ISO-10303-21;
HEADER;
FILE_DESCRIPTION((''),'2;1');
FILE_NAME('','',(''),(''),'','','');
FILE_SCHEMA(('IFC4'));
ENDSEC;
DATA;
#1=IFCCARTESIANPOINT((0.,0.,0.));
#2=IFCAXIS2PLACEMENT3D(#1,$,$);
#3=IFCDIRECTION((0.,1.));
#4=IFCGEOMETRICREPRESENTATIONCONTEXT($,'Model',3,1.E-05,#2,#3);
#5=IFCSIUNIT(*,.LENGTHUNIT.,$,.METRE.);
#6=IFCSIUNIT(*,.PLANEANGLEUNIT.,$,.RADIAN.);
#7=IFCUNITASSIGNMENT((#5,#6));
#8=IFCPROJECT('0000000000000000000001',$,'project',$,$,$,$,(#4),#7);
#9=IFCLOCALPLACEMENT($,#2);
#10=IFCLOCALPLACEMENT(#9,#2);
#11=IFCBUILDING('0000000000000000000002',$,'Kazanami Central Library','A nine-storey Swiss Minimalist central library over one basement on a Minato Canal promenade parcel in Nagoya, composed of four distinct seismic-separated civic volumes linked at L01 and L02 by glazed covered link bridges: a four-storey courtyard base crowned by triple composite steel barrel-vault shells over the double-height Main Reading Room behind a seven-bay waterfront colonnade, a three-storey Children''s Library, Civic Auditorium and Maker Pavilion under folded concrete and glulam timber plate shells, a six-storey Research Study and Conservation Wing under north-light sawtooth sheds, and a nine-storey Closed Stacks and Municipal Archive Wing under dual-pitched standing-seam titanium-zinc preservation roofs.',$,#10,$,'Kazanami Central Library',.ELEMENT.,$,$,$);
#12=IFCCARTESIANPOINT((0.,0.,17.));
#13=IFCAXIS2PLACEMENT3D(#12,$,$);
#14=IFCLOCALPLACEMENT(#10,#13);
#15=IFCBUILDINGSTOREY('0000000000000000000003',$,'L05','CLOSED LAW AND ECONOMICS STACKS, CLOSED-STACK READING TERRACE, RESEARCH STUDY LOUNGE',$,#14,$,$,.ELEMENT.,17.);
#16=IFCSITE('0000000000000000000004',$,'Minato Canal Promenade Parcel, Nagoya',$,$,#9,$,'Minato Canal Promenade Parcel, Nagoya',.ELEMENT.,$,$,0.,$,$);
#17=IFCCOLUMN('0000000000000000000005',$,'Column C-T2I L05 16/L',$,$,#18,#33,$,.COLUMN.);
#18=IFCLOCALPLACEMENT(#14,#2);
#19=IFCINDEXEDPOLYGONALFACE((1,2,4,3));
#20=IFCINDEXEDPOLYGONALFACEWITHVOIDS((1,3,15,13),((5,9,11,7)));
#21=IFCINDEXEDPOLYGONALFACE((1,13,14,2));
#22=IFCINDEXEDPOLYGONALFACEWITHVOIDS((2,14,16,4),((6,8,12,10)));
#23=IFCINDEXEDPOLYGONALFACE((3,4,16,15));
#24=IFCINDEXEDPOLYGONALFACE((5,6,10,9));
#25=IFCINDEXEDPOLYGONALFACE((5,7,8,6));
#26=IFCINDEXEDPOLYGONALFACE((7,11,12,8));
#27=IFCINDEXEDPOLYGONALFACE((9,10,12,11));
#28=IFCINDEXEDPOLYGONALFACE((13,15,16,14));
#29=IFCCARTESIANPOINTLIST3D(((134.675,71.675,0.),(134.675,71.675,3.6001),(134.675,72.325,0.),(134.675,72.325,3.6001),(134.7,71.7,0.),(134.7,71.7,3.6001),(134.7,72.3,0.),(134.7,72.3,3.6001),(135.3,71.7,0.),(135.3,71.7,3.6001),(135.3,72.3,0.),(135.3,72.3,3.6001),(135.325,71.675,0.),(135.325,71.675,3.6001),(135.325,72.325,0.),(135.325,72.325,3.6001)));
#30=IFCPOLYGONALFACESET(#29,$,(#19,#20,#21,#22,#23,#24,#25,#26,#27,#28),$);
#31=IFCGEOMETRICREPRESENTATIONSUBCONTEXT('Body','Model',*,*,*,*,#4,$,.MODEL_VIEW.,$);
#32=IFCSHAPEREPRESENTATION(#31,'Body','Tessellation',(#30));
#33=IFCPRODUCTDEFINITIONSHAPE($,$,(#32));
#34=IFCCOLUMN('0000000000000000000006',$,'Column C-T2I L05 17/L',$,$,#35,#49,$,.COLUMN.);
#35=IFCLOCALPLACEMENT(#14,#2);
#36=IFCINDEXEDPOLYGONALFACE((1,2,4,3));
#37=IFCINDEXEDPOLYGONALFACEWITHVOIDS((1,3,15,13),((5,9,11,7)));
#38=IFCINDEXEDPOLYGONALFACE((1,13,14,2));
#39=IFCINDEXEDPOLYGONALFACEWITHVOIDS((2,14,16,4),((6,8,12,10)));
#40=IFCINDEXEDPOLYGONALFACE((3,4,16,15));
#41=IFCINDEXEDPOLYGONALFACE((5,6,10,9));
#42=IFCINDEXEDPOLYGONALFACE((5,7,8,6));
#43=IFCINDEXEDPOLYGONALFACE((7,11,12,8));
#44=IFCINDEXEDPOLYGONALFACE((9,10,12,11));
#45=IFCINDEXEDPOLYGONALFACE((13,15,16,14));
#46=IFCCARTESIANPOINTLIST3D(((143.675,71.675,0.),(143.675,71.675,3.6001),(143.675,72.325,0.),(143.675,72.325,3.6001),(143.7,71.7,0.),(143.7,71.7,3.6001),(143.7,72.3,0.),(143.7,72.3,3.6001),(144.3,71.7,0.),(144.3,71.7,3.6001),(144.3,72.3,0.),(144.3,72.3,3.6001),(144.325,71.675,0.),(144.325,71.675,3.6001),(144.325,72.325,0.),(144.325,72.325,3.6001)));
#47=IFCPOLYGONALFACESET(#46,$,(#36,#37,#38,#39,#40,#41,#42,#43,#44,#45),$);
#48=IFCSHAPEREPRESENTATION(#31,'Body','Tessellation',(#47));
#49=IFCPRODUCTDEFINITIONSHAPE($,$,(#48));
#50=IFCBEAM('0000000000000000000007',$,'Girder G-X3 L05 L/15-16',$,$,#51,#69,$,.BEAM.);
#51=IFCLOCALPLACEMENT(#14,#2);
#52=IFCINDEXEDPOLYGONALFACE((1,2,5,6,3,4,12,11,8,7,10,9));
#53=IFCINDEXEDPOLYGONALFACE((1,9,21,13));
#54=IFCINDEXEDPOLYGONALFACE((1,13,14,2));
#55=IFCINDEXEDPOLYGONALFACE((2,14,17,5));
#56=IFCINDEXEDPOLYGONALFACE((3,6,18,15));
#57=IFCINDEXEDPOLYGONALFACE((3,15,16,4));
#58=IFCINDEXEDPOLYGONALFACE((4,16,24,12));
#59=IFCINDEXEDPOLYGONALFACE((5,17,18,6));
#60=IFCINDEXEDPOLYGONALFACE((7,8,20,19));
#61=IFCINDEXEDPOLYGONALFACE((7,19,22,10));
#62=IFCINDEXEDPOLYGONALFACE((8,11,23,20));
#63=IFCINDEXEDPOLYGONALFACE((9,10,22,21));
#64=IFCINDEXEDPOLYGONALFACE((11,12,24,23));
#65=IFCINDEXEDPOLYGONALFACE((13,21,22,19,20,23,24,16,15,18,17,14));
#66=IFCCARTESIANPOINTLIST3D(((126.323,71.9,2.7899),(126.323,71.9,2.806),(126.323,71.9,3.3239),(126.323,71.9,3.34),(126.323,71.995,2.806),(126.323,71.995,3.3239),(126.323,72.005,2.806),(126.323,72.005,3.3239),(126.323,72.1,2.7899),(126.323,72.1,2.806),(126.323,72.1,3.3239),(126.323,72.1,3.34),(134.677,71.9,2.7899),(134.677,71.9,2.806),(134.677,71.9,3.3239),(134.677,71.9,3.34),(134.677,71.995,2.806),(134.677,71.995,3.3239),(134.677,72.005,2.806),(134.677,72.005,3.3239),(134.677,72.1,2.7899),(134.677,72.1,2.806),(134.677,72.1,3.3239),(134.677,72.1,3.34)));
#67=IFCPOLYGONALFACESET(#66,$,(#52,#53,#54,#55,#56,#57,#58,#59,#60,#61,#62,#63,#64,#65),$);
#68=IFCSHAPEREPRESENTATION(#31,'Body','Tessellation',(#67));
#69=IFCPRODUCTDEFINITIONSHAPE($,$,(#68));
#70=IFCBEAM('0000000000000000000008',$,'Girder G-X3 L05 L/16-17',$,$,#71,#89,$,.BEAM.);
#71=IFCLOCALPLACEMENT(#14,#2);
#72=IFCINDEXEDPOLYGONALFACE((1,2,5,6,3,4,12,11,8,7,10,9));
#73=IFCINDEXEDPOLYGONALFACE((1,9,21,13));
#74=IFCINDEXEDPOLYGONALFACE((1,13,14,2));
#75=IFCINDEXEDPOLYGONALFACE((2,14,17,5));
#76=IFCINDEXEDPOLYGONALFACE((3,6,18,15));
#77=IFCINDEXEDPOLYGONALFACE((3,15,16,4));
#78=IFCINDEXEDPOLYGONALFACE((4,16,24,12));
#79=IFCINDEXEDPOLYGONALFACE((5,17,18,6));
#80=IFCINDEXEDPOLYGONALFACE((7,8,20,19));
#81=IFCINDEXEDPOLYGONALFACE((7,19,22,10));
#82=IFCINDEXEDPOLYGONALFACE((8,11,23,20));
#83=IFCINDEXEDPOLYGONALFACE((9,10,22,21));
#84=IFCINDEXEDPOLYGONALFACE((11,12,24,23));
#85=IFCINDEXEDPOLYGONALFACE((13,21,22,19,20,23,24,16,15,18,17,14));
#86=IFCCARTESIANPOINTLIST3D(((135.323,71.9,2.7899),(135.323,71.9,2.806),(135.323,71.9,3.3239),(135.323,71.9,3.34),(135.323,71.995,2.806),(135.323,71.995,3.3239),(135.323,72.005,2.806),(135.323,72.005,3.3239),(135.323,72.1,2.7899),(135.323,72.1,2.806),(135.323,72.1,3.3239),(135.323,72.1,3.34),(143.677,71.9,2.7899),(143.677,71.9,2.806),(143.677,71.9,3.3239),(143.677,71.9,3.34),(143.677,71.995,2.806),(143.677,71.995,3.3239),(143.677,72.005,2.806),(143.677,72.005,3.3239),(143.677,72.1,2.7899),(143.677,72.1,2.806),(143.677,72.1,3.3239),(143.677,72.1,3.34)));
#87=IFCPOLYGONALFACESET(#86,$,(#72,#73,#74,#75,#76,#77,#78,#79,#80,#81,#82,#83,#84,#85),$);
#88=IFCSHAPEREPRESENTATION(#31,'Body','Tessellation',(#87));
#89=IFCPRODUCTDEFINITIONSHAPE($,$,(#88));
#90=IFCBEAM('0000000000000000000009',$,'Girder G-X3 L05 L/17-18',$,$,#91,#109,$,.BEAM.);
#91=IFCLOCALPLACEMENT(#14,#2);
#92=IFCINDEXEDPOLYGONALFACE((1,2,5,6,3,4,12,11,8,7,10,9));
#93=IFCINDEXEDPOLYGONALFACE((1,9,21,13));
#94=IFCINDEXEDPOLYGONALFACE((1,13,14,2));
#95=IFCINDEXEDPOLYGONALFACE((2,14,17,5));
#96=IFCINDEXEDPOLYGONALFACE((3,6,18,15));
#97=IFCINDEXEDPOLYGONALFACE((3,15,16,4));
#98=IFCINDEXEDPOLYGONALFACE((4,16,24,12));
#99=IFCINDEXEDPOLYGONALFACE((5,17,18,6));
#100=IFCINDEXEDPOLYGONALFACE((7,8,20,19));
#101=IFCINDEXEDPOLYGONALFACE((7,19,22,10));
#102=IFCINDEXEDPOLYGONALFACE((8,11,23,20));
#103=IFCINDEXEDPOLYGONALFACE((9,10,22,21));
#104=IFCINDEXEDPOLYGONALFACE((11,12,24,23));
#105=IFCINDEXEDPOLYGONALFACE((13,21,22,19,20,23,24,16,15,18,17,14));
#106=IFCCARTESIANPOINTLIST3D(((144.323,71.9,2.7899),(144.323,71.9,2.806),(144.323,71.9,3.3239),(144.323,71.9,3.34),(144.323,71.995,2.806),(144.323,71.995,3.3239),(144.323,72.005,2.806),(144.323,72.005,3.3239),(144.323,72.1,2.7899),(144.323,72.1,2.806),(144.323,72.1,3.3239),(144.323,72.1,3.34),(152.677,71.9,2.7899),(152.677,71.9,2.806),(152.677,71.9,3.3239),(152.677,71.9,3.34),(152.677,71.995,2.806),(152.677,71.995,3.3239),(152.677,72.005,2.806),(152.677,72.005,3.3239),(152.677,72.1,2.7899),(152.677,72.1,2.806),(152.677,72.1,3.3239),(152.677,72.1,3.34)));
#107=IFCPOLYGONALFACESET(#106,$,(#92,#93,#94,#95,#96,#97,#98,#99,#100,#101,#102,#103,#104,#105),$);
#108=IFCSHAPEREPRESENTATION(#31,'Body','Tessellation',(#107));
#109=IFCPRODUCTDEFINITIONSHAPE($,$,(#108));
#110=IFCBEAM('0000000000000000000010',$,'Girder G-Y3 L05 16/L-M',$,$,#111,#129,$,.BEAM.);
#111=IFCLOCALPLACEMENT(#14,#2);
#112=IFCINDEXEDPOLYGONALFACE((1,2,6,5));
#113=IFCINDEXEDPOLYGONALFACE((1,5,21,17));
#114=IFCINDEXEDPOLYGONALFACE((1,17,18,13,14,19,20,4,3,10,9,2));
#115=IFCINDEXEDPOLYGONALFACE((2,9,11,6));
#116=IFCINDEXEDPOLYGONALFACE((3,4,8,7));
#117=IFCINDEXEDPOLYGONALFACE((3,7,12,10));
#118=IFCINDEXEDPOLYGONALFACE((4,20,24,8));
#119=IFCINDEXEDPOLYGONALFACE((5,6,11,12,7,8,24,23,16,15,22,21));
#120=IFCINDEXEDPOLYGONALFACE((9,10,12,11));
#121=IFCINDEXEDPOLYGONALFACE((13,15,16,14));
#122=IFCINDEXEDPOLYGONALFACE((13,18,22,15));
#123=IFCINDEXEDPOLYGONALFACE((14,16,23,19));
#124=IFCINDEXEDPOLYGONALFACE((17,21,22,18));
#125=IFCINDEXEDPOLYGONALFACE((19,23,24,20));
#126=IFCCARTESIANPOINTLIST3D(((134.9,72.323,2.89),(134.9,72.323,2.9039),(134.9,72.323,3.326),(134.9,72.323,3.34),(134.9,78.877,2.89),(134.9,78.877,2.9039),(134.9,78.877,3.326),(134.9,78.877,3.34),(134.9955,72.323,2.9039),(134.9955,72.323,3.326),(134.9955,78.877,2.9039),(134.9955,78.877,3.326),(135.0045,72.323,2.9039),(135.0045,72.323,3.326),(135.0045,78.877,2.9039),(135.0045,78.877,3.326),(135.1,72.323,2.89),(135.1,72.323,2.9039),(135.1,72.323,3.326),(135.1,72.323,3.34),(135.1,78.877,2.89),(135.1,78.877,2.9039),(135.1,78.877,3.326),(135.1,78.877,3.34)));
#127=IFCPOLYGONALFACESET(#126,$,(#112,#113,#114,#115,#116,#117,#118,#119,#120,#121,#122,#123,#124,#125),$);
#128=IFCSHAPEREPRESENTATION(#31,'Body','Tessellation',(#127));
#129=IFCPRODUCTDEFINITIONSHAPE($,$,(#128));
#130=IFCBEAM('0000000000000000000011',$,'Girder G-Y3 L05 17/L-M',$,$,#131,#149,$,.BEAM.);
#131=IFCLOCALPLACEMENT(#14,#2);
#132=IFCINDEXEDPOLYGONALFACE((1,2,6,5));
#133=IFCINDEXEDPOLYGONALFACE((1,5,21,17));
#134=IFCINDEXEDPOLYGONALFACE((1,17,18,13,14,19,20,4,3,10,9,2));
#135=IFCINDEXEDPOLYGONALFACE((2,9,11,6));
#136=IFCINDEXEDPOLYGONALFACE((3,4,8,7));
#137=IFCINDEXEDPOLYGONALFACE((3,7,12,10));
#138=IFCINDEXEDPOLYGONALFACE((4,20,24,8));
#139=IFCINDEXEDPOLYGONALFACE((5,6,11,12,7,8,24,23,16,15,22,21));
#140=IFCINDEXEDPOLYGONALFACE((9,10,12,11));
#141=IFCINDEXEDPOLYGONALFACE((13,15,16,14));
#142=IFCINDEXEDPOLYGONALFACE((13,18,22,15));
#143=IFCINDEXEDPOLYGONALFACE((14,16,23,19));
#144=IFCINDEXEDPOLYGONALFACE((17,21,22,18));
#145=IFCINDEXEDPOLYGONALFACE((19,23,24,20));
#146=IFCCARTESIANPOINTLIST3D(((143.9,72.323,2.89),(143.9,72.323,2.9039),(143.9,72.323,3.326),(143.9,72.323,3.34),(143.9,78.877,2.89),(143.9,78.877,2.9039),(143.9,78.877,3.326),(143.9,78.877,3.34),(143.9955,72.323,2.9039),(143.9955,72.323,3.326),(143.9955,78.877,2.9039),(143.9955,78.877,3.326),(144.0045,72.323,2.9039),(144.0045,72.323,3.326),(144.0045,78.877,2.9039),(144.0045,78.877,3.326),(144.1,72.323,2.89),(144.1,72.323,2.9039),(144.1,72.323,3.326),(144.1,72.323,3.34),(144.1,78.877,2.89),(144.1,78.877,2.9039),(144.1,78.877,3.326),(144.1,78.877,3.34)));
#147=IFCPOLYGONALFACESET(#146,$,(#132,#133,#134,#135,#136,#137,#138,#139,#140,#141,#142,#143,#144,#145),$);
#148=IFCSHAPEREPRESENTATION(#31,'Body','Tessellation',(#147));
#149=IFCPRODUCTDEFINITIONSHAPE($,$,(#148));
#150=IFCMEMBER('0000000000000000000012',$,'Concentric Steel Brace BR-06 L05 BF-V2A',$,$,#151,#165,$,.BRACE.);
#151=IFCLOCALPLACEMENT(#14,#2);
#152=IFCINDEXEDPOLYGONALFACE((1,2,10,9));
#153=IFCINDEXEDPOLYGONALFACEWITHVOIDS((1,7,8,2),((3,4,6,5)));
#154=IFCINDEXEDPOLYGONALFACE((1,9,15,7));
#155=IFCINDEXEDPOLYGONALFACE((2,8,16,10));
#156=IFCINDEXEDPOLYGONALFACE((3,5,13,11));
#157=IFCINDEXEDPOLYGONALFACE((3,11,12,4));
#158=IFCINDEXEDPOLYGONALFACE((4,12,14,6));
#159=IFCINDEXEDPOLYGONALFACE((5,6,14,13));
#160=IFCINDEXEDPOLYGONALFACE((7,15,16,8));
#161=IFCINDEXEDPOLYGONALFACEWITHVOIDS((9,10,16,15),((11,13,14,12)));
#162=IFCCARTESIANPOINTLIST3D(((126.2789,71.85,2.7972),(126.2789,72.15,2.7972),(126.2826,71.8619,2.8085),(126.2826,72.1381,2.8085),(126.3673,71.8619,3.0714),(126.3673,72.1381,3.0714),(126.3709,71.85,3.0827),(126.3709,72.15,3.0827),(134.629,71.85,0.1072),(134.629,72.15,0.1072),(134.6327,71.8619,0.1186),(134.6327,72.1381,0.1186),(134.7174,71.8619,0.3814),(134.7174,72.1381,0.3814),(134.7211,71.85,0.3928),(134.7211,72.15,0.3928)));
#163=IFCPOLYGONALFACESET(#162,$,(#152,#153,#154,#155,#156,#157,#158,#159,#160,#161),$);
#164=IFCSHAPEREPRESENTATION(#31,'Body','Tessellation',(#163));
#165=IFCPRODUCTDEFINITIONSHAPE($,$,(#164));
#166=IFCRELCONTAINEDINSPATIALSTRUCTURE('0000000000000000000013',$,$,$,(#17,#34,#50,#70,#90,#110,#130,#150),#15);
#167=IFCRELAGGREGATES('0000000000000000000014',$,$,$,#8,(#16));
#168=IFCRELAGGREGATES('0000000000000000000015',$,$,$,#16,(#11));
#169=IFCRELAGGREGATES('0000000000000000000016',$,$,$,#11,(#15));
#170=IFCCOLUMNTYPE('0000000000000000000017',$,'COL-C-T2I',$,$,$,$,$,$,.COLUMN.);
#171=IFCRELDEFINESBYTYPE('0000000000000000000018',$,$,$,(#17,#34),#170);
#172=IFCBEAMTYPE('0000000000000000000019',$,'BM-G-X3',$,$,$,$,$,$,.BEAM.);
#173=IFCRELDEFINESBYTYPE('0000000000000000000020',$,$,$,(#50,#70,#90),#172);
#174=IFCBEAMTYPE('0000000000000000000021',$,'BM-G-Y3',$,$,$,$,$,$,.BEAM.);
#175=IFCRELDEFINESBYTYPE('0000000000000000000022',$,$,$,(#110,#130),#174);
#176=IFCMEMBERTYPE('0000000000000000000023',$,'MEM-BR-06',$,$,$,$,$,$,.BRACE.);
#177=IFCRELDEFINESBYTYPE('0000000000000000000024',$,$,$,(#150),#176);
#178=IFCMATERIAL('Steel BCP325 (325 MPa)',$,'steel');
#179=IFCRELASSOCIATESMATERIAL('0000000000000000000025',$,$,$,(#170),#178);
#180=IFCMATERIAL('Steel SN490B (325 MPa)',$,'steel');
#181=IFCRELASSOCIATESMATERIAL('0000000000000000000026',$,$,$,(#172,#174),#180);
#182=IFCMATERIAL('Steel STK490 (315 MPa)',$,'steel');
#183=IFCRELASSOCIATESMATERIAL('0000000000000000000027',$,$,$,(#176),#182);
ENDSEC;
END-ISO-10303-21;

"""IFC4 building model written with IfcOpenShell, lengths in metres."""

from ifc_helpers import new_model, si_unit, direction, frame, origin, origin_2d, place, context, subcontext, project, spatial, hollow_rectangle, i_section, extrude, material, material_profile, profile_set, type_object, element, save


model = new_model("IFC4")

# Units and contexts
model_context = context("Model", 3, precision=1e-05, world=origin(), true_north=direction((0.0, 1.0)))
body_context = subcontext(model_context, "Body", "Model", "MODEL_VIEW")
ifc_project = project(units=[si_unit("LENGTHUNIT", "METRE"), si_unit("PLANEANGLEUNIT", "RADIAN")], contexts=[model_context])

# Site, building, storey
site_placement = place(None, origin())
site = spatial("IfcSite", under=ifc_project, at=site_placement, Name="Minato Canal Promenade Parcel, Nagoya", LongName="Minato Canal Promenade Parcel, Nagoya", CompositionType="ELEMENT", RefElevation=0.0)
building_placement = place(site_placement, origin())
building = spatial("IfcBuilding", under=site, at=building_placement, Name="Kazanami Central Library", Description="A nine-storey Swiss Minimalist central library over one basement on a Minato Canal promenade parcel in Nagoya, composed of four distinct seismic-separated civic volumes linked at L01 and L02 by glazed covered link bridges: a four-storey courtyard base crowned by triple composite steel barrel-vault shells over the double-height Main Reading Room behind a seven-bay waterfront colonnade, a three-storey Children's Library, Civic Auditorium and Maker Pavilion under folded concrete and glulam timber plate shells, a six-storey Research Study and Conservation Wing under north-light sawtooth sheds, and a nine-storey Closed Stacks and Municipal Archive Wing under dual-pitched standing-seam titanium-zinc preservation roofs.", LongName="Kazanami Central Library", CompositionType="ELEMENT")
storey_placement = place(building_placement, frame((0.0, 0.0, 17.0)))
storey = spatial("IfcBuildingStorey", under=building, at=storey_placement, Name="L05", Description="CLOSED LAW AND ECONOMICS STACKS, CLOSED-STACK READING TERRACE, RESEARCH STUDY LOUNGE", CompositionType="ELEMENT", Elevation=17.0)

# Columns
ifc_material_1 = material(Name="Steel BCP325 (325 MPa)", Category="steel")
ifc_material_profile_1 = material_profile(ifc_material_1, hollow_rectangle(XDim=0.6499, YDim=0.6499, WallThickness=0.0249, at=origin_2d()), Name="BCP-650x650x25")
ifc_profile_set_1 = profile_set([ifc_material_profile_1], Name="Steel BCP325 (325 MPa)")
column_type = type_object("IfcColumnType", Name="COL-C-T2I", PredefinedType="COLUMN", material=ifc_profile_set_1)
for number, where, z_axis, x_axis, name in (
    (1, (135.0, 72.0, 0.0), (0.0, 0.0, 1.0), (1.0, 0.0, 0.0), "Column C-T2I L05 16/L"),
    (2, (144.0, 72.0, 0.0), (0.0, 0.0, 1.0), (1.0, 0.0, 0.0), "Column C-T2I L05 17/L"),
):
    element("IfcColumn", number, at=place(storey_placement, frame(where, z_axis=z_axis, x_axis=x_axis)), inside=storey, type_object=column_type, Name=name, PredefinedType="COLUMN", context=body_context, shape_type="SweptSolid", body=[
        extrude(hollow_rectangle(XDim=0.6499, YDim=0.6499, WallThickness=0.0249, at=origin_2d()), origin(), (0.0, 0.0, 1.0), 3.6001),
    ])

# Beams
ifc_material_2 = material(Name="Steel SN490B (325 MPa)", Category="steel")
ifc_material_profile_2 = material_profile(ifc_material_2, i_section(OverallWidth=0.2, OverallDepth=0.55, WebThickness=0.01, FlangeThickness=0.0161, at=origin_2d()), Name="H-550x200x10x16")
ifc_profile_set_2 = profile_set([ifc_material_profile_2], Name="Steel SN490B (325 MPa)")
beam_type_1 = type_object("IfcBeamType", Name="BM-G-X3", PredefinedType="BEAM", material=ifc_profile_set_2)
for number, where, z_axis, x_axis, name in (
    (3, (126.323, 72.0, 3.0649), (1.0, 0.0, 0.0), (0.0, 1.0, 0.0), "Girder G-X3 L05 L/15-16"),
    (4, (135.323, 72.0, 3.0649), (1.0, 0.0, 0.0), (0.0, 1.0, 0.0), "Girder G-X3 L05 L/16-17"),
    (5, (144.323, 72.0, 3.0649), (1.0, 0.0, 0.0), (0.0, 1.0, 0.0), "Girder G-X3 L05 L/17-18"),
):
    element("IfcBeam", number, at=place(storey_placement, frame(where, z_axis=z_axis, x_axis=x_axis)), inside=storey, type_object=beam_type_1, Name=name, PredefinedType="BEAM", context=body_context, shape_type="SweptSolid", body=[
        extrude(i_section(OverallWidth=0.2, OverallDepth=0.55, WebThickness=0.01, FlangeThickness=0.0161, at=origin_2d()), origin(), (0.0, 0.0, 1.0), 8.354),
    ])
ifc_material_profile_3 = material_profile(ifc_material_2, i_section(OverallWidth=0.2, OverallDepth=0.45, WebThickness=0.009, FlangeThickness=0.0139, at=origin_2d()), Name="H-450x200x9x14")
ifc_profile_set_3 = profile_set([ifc_material_profile_3], Name="Steel SN490B (325 MPa)")
beam_type_2 = type_object("IfcBeamType", Name="BM-G-Y3", PredefinedType="BEAM", material=ifc_profile_set_3)
for number, where, z_axis, x_axis, name in (
    (6, (135.0, 72.323, 3.115), (0.0, 1.0, 0.0), (-1.0, 0.0, 0.0), "Girder G-Y3 L05 16/L-M"),
    (7, (144.0, 72.323, 3.115), (0.0, 1.0, 0.0), (-1.0, 0.0, 0.0), "Girder G-Y3 L05 17/L-M"),
):
    element("IfcBeam", number, at=place(storey_placement, frame(where, z_axis=z_axis, x_axis=x_axis)), inside=storey, type_object=beam_type_2, Name=name, PredefinedType="BEAM", context=body_context, shape_type="SweptSolid", body=[
        extrude(i_section(OverallWidth=0.2, OverallDepth=0.45, WebThickness=0.009, FlangeThickness=0.0139, at=origin_2d()), origin(), (0.0, 0.0, 1.0), 6.554),
    ])

# Member
ifc_material_3 = material(Name="Steel STK490 (315 MPa)", Category="steel")
ifc_material_profile_4 = material_profile(ifc_material_3, hollow_rectangle(XDim=0.3, YDim=0.3, WallThickness=0.012, at=origin_2d()), Name="STKR-300x300x12")
ifc_profile_set_4 = profile_set([ifc_material_profile_4], Name="Steel STK490 (315 MPa)")
member_type = type_object("IfcMemberType", Name="MEM-BR-06", PredefinedType="BRACE", material=ifc_profile_set_4)
member_placement = place(storey_placement, frame((134.675, 72.0, 0.25), z_axis=(-0.95183, 0.0, 0.306627), x_axis=(0.0, -1.0, 0.0)))
element("IfcMember", 8, at=member_placement, inside=storey, type_object=member_type, Name="Concentric Steel Brace BR-06 L05 BF-V2A", PredefinedType="BRACE", context=body_context, shape_type="SweptSolid", body=[
    extrude(hollow_rectangle(XDim=0.3, YDim=0.3, WallThickness=0.012, at=origin_2d()), origin(), (0.0, 0.0, 1.0), 8.7727),
])

save(model, "model.ifc")
